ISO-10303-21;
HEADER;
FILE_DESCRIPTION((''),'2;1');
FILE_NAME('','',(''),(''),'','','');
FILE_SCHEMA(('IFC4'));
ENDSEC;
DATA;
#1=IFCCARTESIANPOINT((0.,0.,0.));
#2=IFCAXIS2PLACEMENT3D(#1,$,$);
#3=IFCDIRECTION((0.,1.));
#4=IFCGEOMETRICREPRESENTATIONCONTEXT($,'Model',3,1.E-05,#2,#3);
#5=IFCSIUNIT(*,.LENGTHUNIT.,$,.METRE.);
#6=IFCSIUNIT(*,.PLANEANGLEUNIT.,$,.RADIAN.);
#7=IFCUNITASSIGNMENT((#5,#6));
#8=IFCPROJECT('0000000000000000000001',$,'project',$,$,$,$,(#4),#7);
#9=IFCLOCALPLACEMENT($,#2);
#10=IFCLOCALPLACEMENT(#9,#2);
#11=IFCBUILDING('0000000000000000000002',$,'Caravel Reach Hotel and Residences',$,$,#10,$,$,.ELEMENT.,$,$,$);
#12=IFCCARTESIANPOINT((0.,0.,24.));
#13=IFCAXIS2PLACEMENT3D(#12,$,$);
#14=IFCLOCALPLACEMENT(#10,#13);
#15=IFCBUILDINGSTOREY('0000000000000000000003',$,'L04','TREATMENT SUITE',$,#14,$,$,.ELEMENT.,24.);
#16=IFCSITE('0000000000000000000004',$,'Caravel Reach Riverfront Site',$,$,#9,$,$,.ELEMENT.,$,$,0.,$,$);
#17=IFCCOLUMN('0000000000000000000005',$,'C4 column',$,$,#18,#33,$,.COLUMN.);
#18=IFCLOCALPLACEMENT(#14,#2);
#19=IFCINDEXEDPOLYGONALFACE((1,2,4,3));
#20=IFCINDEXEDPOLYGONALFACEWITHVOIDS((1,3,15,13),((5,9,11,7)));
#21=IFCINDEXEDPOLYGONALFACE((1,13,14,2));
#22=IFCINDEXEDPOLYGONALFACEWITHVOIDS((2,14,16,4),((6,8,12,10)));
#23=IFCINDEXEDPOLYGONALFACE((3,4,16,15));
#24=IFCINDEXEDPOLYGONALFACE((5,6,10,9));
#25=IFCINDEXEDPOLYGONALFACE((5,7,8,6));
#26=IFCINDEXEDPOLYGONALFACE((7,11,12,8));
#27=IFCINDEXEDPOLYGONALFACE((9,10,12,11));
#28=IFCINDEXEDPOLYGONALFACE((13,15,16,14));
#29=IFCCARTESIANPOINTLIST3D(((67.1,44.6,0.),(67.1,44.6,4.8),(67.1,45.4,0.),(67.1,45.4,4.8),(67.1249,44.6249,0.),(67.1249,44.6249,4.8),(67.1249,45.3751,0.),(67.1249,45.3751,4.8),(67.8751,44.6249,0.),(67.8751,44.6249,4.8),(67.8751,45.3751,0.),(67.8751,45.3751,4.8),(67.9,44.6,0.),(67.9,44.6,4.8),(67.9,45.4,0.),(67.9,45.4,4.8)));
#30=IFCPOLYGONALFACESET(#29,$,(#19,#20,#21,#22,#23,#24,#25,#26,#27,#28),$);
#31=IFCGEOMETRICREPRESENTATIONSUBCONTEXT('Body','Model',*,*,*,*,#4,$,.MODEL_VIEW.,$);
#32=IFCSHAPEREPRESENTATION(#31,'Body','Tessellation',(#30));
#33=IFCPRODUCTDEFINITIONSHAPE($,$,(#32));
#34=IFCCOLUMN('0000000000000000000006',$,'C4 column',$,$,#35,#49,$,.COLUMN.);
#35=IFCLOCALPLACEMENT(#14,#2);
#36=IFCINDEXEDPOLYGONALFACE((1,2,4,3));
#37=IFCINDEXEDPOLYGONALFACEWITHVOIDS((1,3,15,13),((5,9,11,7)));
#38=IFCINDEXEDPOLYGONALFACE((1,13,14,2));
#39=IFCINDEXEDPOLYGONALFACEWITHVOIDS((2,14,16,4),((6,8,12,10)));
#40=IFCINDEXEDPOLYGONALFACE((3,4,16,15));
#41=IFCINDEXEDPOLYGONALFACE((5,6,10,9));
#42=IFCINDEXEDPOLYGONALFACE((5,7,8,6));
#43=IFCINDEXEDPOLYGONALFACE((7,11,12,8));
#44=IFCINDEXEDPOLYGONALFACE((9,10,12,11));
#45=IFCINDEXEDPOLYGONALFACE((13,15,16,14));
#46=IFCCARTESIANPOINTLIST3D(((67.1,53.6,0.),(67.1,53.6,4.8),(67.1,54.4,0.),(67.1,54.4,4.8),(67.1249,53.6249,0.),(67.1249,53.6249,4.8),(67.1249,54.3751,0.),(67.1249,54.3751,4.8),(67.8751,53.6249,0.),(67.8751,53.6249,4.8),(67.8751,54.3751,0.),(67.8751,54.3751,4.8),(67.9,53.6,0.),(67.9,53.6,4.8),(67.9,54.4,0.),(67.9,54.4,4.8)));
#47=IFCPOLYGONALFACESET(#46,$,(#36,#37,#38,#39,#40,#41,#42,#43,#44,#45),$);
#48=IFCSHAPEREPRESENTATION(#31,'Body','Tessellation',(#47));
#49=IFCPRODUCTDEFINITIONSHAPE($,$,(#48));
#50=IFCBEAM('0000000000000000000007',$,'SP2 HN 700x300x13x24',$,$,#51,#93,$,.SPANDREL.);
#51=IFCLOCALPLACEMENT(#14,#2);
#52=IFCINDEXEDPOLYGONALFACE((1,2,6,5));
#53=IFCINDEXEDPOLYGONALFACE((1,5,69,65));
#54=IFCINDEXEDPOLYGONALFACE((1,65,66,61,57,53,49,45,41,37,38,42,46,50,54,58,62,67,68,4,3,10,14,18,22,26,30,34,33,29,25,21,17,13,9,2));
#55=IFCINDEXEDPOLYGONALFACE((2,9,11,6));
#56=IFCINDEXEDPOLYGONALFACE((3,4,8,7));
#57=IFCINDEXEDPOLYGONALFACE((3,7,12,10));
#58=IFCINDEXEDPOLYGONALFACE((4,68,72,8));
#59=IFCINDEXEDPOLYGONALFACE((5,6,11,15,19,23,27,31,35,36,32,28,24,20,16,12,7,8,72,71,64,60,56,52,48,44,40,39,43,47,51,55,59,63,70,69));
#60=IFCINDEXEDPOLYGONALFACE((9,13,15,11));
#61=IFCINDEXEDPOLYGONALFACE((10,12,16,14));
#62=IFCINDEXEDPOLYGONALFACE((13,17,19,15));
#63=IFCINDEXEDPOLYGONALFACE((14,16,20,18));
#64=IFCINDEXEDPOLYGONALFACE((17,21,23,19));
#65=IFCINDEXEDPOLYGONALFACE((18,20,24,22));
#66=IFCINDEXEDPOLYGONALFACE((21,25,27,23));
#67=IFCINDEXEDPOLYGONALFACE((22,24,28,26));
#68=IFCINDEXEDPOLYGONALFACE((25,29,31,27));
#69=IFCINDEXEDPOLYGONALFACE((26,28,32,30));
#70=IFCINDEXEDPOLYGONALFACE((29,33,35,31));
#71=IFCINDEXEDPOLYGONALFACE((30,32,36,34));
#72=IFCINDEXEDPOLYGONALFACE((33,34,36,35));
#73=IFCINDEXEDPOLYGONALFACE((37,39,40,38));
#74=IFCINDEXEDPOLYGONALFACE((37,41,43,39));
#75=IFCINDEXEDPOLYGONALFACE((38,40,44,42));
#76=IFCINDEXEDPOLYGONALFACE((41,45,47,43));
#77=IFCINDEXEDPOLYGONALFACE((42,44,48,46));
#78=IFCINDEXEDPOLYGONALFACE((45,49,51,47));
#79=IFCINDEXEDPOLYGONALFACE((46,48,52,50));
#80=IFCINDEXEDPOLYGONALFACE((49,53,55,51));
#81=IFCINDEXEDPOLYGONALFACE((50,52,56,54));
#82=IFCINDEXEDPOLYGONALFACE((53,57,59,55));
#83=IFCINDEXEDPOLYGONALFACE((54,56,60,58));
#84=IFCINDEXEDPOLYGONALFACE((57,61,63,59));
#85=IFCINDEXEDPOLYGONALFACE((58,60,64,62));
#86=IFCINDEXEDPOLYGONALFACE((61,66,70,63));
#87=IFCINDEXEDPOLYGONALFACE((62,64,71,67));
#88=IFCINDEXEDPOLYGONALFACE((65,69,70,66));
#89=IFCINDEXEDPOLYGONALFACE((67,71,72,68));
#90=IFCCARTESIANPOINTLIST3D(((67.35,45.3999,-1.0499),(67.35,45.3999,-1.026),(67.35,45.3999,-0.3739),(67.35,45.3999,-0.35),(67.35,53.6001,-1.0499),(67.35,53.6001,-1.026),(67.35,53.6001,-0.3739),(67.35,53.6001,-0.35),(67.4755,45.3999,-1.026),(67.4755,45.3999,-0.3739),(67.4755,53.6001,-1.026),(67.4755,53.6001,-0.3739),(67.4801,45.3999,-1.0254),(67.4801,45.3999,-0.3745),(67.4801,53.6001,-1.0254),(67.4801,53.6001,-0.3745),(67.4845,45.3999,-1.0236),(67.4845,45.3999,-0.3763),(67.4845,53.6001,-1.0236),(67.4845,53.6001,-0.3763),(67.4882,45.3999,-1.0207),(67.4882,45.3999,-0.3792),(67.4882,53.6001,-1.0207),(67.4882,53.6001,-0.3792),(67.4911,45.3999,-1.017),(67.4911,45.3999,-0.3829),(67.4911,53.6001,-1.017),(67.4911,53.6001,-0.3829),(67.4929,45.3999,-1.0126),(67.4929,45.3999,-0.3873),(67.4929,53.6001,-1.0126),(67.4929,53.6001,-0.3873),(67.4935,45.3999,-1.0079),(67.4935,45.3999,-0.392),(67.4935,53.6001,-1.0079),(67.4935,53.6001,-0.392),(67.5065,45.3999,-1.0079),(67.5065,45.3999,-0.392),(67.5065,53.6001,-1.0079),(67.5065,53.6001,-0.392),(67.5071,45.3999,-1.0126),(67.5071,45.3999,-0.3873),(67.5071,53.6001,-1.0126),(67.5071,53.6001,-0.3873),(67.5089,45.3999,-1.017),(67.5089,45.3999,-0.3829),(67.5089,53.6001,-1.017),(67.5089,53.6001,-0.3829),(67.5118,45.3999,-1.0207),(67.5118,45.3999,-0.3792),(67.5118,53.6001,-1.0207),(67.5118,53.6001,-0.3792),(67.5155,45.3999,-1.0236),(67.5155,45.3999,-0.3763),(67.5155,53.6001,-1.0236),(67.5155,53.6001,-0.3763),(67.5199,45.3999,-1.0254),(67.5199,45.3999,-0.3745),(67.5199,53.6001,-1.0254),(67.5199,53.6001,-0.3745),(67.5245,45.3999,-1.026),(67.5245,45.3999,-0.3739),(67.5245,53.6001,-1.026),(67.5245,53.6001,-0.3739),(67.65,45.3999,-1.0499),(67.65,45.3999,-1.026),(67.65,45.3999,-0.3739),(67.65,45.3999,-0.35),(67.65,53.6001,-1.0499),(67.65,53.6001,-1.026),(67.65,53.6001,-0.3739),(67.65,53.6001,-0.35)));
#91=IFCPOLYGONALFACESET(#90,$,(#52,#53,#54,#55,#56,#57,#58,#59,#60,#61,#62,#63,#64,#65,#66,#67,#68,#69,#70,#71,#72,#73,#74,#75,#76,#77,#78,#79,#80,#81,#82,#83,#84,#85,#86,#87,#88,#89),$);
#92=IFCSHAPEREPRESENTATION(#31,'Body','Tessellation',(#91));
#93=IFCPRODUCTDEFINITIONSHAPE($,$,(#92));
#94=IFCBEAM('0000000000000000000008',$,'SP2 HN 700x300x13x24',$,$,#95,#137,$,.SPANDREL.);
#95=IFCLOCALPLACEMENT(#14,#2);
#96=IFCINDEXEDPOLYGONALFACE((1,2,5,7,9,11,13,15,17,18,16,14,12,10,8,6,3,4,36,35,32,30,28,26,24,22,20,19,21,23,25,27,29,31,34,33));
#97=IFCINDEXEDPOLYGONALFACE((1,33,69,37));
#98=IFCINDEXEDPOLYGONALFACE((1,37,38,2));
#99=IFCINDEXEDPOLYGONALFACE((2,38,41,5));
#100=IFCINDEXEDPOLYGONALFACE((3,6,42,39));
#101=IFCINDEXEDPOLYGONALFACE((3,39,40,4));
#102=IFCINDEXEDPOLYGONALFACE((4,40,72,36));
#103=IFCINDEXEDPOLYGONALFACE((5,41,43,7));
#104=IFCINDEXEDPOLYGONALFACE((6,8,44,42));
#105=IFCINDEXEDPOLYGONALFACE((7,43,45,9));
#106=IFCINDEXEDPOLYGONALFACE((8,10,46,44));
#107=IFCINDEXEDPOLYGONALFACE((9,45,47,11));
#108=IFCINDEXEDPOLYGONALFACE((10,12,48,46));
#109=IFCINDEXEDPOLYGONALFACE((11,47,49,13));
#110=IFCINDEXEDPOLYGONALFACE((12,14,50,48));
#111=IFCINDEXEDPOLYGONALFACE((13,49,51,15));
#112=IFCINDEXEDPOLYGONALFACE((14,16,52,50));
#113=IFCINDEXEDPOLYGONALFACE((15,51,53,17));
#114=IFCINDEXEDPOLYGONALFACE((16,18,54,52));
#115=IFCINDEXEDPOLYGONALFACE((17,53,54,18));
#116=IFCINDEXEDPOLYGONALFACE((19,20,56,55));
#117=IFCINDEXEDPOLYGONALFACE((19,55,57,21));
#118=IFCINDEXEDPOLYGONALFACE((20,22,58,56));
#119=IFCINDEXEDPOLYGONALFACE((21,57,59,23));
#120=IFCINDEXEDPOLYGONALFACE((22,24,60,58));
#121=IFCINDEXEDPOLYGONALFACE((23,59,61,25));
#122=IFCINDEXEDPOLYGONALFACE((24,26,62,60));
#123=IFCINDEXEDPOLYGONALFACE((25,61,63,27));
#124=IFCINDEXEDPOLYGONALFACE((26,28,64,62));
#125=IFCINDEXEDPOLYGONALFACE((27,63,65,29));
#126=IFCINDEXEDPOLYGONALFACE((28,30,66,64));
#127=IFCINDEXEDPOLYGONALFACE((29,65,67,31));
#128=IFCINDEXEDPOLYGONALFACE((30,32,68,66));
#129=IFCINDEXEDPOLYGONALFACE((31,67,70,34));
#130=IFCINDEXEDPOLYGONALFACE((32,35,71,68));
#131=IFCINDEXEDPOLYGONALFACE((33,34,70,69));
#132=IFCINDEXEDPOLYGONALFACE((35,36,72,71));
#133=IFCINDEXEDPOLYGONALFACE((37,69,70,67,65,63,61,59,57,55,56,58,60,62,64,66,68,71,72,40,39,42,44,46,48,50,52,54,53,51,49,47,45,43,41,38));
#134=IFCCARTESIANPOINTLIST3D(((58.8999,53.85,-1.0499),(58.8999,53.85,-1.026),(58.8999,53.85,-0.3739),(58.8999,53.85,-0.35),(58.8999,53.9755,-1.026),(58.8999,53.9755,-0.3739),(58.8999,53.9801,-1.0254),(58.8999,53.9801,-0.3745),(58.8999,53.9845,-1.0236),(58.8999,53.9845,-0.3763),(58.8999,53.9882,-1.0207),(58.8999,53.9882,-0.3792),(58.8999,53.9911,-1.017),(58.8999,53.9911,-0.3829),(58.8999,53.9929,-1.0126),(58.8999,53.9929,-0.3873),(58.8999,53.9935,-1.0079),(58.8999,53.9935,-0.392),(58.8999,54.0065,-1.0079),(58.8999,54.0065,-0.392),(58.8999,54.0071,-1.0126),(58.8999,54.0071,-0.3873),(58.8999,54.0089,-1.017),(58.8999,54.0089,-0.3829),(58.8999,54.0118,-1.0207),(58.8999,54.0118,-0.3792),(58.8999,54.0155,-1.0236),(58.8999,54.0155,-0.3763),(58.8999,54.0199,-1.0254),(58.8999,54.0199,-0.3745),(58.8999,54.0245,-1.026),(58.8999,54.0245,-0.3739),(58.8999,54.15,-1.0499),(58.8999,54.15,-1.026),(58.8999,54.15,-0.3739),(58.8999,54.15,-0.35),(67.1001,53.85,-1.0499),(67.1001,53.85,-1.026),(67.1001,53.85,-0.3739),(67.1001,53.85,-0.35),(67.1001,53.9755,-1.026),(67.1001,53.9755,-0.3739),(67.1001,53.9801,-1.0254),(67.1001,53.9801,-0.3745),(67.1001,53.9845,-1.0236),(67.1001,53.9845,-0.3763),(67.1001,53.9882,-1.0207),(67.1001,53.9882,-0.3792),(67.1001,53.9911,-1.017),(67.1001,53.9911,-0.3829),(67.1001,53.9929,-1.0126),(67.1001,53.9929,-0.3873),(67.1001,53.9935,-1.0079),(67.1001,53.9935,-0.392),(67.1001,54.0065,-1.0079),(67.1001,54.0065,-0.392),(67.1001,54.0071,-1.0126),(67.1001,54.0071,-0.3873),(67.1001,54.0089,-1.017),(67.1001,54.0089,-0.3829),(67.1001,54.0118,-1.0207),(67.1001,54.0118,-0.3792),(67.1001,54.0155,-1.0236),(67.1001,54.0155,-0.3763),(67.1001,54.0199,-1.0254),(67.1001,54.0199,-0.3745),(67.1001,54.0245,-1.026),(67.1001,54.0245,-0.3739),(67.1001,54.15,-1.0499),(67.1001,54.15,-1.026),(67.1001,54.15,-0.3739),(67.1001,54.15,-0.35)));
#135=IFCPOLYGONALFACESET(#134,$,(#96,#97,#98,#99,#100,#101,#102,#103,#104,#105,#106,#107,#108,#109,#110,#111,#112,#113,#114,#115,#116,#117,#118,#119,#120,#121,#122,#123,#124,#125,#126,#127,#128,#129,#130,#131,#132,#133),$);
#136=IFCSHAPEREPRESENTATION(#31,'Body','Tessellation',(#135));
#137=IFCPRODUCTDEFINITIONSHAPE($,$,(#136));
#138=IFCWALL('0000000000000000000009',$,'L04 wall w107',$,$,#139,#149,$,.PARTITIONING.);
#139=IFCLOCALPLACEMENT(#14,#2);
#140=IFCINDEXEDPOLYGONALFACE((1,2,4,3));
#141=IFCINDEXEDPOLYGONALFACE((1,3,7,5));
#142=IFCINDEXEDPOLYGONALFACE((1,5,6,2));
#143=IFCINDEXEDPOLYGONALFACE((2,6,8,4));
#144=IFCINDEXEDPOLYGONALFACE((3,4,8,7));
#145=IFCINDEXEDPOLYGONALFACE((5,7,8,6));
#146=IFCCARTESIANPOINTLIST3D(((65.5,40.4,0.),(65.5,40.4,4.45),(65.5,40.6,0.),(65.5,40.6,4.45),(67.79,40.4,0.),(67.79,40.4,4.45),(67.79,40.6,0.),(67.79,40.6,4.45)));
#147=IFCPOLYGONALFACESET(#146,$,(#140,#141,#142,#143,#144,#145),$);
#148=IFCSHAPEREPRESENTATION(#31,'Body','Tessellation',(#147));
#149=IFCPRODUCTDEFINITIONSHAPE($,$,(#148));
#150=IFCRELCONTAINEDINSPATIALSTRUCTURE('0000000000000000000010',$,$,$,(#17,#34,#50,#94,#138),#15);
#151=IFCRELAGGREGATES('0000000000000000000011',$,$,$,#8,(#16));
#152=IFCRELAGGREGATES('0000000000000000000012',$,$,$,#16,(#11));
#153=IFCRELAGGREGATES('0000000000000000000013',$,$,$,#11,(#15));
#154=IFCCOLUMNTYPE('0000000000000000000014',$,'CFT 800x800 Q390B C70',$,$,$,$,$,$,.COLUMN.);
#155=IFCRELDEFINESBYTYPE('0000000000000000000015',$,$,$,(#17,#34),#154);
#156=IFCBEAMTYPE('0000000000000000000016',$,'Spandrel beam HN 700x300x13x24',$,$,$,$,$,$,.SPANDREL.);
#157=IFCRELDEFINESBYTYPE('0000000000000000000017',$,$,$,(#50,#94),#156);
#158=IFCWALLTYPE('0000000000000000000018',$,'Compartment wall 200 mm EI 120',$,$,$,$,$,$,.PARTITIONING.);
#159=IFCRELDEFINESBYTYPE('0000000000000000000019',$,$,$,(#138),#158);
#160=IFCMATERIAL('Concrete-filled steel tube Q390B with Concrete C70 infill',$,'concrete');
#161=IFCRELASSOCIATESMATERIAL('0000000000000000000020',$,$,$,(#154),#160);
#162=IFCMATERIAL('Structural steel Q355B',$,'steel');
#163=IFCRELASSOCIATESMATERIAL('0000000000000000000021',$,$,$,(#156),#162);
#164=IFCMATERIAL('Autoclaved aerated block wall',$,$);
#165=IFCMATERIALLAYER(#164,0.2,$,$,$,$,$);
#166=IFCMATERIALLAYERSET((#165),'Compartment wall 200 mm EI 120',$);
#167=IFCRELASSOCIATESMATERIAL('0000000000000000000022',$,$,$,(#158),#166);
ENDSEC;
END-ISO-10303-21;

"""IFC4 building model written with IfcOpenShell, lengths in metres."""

from ifc_helpers import new_model, si_unit, direction, frame, frame_2d, origin, origin_2d, place, context, subcontext, project, spatial, rectangle, hollow_rectangle, i_section, extrude, material, layer, layer_set, material_profile, profile_set, type_object, element, save


model = new_model("IFC4")

# Units and contexts
model_context = context("Model", 3, precision=1e-05, world=origin(), true_north=direction((0.0, 1.0)))
body_context = subcontext(model_context, "Body", "Model", "MODEL_VIEW")
ifc_project = project(units=[si_unit("LENGTHUNIT", "METRE"), si_unit("PLANEANGLEUNIT", "RADIAN")], contexts=[model_context])

# Site, building, storey
site_placement = place(None, origin())
site = spatial("IfcSite", under=ifc_project, at=site_placement, Name="Caravel Reach Riverfront Site", CompositionType="ELEMENT", RefElevation=0.0)
building_placement = place(site_placement, origin())
building = spatial("IfcBuilding", under=site, at=building_placement, Name="Caravel Reach Hotel and Residences", CompositionType="ELEMENT")
storey_placement = place(building_placement, frame((0.0, 0.0, 24.0)))
storey = spatial("IfcBuildingStorey", under=building, at=storey_placement, Name="L04", Description="TREATMENT SUITE", CompositionType="ELEMENT", Elevation=24.0)

# Columns
ifc_material_1 = material(Name="Concrete-filled steel tube Q390B with Concrete C70 infill", Category="concrete")
ifc_material_profile_1 = material_profile(ifc_material_1, hollow_rectangle(XDim=0.8, YDim=0.8, WallThickness=0.0249, at=origin_2d()), Name="RHS 800x800x25")
ifc_profile_set_1 = profile_set([ifc_material_profile_1], Name="Concrete-filled steel tube Q390B with Concrete C70 infill")
column_type = type_object("IfcColumnType", Name="CFT 800x800 Q390B C70", PredefinedType="COLUMN", material=ifc_profile_set_1)
for number, where, z_axis, x_axis, name in (
    (1, (67.5, 45.0, 0.0), (0.0, 0.0, 1.0), (1.0, 0.0, 0.0), "C4 column"),
    (2, (67.5, 54.0, 0.0), (0.0, 0.0, 1.0), (1.0, 0.0, 0.0), "C4 column"),
):
    element("IfcColumn", number, at=place(storey_placement, frame(where, z_axis=z_axis, x_axis=x_axis)), inside=storey, type_object=column_type, Name=name, PredefinedType="COLUMN", context=body_context, shape_type="SweptSolid", body=[
        extrude(hollow_rectangle(XDim=0.8, YDim=0.8, WallThickness=0.0249, at=origin_2d()), origin(), (0.0, 0.0, 1.0), 4.8),
    ])

# Beams
ifc_material_2 = material(Name="Structural steel Q355B", Category="steel")
ifc_material_profile_2 = material_profile(ifc_material_2, i_section(OverallWidth=0.3, OverallDepth=0.7, WebThickness=0.0129, FlangeThickness=0.0239, FilletRadius=0.0181, at=origin_2d()), Name="HN 700x300x13x24")
ifc_profile_set_2 = profile_set([ifc_material_profile_2], Name="Structural steel Q355B")
beam_type = type_object("IfcBeamType", Name="Spandrel beam HN 700x300x13x24", PredefinedType="SPANDREL", material=ifc_profile_set_2)
for number, where, z_axis, x_axis, name in (
    (3, (67.5, 45.3999, -0.7), (0.0, 1.0, 0.0), (-1.0, 0.0, 0.0), "SP2 HN 700x300x13x24"),
    (4, (67.1001, 54.0, -0.7), (-1.0, 0.0, 0.0), (0.0, -1.0, 0.0), "SP2 HN 700x300x13x24"),
):
    element("IfcBeam", number, at=place(storey_placement, frame(where, z_axis=z_axis, x_axis=x_axis)), inside=storey, type_object=beam_type, Name=name, PredefinedType="SPANDREL", context=body_context, shape_type="SweptSolid", body=[
        extrude(i_section(OverallWidth=0.3, OverallDepth=0.7, WebThickness=0.0129, FlangeThickness=0.0239, FilletRadius=0.0181, at=origin_2d()), origin(), (0.0, 0.0, 1.0), 8.2002),
    ])

# Wall
ifc_material_3 = material(Name="Autoclaved aerated block wall")
ifc_layer_1 = layer(ifc_material_3, 0.2)
ifc_layer_set_1 = layer_set([ifc_layer_1], Name="Compartment wall 200 mm EI 120")
wall_type_1 = type_object("IfcWallType", Name="Compartment wall 200 mm EI 120", PredefinedType="PARTITIONING", material=ifc_layer_set_1)
wall_1_placement = place(storey_placement, frame((65.5, 40.5, 0.0), z_axis=(0.0, 0.0, 1.0), x_axis=(1.0, 0.0, 0.0)))
element("IfcWall", 5, at=wall_1_placement, inside=storey, type_object=wall_type_1, Name="L04 wall w107", PredefinedType="PARTITIONING", context=body_context, shape_type="SweptSolid", body=[
    extrude(rectangle(XDim=2.29, YDim=0.2, at=frame_2d((1.145, 0.0))), origin(), (0.0, 0.0, 1.0), 4.45),
])

save(model, "model.ifc")
